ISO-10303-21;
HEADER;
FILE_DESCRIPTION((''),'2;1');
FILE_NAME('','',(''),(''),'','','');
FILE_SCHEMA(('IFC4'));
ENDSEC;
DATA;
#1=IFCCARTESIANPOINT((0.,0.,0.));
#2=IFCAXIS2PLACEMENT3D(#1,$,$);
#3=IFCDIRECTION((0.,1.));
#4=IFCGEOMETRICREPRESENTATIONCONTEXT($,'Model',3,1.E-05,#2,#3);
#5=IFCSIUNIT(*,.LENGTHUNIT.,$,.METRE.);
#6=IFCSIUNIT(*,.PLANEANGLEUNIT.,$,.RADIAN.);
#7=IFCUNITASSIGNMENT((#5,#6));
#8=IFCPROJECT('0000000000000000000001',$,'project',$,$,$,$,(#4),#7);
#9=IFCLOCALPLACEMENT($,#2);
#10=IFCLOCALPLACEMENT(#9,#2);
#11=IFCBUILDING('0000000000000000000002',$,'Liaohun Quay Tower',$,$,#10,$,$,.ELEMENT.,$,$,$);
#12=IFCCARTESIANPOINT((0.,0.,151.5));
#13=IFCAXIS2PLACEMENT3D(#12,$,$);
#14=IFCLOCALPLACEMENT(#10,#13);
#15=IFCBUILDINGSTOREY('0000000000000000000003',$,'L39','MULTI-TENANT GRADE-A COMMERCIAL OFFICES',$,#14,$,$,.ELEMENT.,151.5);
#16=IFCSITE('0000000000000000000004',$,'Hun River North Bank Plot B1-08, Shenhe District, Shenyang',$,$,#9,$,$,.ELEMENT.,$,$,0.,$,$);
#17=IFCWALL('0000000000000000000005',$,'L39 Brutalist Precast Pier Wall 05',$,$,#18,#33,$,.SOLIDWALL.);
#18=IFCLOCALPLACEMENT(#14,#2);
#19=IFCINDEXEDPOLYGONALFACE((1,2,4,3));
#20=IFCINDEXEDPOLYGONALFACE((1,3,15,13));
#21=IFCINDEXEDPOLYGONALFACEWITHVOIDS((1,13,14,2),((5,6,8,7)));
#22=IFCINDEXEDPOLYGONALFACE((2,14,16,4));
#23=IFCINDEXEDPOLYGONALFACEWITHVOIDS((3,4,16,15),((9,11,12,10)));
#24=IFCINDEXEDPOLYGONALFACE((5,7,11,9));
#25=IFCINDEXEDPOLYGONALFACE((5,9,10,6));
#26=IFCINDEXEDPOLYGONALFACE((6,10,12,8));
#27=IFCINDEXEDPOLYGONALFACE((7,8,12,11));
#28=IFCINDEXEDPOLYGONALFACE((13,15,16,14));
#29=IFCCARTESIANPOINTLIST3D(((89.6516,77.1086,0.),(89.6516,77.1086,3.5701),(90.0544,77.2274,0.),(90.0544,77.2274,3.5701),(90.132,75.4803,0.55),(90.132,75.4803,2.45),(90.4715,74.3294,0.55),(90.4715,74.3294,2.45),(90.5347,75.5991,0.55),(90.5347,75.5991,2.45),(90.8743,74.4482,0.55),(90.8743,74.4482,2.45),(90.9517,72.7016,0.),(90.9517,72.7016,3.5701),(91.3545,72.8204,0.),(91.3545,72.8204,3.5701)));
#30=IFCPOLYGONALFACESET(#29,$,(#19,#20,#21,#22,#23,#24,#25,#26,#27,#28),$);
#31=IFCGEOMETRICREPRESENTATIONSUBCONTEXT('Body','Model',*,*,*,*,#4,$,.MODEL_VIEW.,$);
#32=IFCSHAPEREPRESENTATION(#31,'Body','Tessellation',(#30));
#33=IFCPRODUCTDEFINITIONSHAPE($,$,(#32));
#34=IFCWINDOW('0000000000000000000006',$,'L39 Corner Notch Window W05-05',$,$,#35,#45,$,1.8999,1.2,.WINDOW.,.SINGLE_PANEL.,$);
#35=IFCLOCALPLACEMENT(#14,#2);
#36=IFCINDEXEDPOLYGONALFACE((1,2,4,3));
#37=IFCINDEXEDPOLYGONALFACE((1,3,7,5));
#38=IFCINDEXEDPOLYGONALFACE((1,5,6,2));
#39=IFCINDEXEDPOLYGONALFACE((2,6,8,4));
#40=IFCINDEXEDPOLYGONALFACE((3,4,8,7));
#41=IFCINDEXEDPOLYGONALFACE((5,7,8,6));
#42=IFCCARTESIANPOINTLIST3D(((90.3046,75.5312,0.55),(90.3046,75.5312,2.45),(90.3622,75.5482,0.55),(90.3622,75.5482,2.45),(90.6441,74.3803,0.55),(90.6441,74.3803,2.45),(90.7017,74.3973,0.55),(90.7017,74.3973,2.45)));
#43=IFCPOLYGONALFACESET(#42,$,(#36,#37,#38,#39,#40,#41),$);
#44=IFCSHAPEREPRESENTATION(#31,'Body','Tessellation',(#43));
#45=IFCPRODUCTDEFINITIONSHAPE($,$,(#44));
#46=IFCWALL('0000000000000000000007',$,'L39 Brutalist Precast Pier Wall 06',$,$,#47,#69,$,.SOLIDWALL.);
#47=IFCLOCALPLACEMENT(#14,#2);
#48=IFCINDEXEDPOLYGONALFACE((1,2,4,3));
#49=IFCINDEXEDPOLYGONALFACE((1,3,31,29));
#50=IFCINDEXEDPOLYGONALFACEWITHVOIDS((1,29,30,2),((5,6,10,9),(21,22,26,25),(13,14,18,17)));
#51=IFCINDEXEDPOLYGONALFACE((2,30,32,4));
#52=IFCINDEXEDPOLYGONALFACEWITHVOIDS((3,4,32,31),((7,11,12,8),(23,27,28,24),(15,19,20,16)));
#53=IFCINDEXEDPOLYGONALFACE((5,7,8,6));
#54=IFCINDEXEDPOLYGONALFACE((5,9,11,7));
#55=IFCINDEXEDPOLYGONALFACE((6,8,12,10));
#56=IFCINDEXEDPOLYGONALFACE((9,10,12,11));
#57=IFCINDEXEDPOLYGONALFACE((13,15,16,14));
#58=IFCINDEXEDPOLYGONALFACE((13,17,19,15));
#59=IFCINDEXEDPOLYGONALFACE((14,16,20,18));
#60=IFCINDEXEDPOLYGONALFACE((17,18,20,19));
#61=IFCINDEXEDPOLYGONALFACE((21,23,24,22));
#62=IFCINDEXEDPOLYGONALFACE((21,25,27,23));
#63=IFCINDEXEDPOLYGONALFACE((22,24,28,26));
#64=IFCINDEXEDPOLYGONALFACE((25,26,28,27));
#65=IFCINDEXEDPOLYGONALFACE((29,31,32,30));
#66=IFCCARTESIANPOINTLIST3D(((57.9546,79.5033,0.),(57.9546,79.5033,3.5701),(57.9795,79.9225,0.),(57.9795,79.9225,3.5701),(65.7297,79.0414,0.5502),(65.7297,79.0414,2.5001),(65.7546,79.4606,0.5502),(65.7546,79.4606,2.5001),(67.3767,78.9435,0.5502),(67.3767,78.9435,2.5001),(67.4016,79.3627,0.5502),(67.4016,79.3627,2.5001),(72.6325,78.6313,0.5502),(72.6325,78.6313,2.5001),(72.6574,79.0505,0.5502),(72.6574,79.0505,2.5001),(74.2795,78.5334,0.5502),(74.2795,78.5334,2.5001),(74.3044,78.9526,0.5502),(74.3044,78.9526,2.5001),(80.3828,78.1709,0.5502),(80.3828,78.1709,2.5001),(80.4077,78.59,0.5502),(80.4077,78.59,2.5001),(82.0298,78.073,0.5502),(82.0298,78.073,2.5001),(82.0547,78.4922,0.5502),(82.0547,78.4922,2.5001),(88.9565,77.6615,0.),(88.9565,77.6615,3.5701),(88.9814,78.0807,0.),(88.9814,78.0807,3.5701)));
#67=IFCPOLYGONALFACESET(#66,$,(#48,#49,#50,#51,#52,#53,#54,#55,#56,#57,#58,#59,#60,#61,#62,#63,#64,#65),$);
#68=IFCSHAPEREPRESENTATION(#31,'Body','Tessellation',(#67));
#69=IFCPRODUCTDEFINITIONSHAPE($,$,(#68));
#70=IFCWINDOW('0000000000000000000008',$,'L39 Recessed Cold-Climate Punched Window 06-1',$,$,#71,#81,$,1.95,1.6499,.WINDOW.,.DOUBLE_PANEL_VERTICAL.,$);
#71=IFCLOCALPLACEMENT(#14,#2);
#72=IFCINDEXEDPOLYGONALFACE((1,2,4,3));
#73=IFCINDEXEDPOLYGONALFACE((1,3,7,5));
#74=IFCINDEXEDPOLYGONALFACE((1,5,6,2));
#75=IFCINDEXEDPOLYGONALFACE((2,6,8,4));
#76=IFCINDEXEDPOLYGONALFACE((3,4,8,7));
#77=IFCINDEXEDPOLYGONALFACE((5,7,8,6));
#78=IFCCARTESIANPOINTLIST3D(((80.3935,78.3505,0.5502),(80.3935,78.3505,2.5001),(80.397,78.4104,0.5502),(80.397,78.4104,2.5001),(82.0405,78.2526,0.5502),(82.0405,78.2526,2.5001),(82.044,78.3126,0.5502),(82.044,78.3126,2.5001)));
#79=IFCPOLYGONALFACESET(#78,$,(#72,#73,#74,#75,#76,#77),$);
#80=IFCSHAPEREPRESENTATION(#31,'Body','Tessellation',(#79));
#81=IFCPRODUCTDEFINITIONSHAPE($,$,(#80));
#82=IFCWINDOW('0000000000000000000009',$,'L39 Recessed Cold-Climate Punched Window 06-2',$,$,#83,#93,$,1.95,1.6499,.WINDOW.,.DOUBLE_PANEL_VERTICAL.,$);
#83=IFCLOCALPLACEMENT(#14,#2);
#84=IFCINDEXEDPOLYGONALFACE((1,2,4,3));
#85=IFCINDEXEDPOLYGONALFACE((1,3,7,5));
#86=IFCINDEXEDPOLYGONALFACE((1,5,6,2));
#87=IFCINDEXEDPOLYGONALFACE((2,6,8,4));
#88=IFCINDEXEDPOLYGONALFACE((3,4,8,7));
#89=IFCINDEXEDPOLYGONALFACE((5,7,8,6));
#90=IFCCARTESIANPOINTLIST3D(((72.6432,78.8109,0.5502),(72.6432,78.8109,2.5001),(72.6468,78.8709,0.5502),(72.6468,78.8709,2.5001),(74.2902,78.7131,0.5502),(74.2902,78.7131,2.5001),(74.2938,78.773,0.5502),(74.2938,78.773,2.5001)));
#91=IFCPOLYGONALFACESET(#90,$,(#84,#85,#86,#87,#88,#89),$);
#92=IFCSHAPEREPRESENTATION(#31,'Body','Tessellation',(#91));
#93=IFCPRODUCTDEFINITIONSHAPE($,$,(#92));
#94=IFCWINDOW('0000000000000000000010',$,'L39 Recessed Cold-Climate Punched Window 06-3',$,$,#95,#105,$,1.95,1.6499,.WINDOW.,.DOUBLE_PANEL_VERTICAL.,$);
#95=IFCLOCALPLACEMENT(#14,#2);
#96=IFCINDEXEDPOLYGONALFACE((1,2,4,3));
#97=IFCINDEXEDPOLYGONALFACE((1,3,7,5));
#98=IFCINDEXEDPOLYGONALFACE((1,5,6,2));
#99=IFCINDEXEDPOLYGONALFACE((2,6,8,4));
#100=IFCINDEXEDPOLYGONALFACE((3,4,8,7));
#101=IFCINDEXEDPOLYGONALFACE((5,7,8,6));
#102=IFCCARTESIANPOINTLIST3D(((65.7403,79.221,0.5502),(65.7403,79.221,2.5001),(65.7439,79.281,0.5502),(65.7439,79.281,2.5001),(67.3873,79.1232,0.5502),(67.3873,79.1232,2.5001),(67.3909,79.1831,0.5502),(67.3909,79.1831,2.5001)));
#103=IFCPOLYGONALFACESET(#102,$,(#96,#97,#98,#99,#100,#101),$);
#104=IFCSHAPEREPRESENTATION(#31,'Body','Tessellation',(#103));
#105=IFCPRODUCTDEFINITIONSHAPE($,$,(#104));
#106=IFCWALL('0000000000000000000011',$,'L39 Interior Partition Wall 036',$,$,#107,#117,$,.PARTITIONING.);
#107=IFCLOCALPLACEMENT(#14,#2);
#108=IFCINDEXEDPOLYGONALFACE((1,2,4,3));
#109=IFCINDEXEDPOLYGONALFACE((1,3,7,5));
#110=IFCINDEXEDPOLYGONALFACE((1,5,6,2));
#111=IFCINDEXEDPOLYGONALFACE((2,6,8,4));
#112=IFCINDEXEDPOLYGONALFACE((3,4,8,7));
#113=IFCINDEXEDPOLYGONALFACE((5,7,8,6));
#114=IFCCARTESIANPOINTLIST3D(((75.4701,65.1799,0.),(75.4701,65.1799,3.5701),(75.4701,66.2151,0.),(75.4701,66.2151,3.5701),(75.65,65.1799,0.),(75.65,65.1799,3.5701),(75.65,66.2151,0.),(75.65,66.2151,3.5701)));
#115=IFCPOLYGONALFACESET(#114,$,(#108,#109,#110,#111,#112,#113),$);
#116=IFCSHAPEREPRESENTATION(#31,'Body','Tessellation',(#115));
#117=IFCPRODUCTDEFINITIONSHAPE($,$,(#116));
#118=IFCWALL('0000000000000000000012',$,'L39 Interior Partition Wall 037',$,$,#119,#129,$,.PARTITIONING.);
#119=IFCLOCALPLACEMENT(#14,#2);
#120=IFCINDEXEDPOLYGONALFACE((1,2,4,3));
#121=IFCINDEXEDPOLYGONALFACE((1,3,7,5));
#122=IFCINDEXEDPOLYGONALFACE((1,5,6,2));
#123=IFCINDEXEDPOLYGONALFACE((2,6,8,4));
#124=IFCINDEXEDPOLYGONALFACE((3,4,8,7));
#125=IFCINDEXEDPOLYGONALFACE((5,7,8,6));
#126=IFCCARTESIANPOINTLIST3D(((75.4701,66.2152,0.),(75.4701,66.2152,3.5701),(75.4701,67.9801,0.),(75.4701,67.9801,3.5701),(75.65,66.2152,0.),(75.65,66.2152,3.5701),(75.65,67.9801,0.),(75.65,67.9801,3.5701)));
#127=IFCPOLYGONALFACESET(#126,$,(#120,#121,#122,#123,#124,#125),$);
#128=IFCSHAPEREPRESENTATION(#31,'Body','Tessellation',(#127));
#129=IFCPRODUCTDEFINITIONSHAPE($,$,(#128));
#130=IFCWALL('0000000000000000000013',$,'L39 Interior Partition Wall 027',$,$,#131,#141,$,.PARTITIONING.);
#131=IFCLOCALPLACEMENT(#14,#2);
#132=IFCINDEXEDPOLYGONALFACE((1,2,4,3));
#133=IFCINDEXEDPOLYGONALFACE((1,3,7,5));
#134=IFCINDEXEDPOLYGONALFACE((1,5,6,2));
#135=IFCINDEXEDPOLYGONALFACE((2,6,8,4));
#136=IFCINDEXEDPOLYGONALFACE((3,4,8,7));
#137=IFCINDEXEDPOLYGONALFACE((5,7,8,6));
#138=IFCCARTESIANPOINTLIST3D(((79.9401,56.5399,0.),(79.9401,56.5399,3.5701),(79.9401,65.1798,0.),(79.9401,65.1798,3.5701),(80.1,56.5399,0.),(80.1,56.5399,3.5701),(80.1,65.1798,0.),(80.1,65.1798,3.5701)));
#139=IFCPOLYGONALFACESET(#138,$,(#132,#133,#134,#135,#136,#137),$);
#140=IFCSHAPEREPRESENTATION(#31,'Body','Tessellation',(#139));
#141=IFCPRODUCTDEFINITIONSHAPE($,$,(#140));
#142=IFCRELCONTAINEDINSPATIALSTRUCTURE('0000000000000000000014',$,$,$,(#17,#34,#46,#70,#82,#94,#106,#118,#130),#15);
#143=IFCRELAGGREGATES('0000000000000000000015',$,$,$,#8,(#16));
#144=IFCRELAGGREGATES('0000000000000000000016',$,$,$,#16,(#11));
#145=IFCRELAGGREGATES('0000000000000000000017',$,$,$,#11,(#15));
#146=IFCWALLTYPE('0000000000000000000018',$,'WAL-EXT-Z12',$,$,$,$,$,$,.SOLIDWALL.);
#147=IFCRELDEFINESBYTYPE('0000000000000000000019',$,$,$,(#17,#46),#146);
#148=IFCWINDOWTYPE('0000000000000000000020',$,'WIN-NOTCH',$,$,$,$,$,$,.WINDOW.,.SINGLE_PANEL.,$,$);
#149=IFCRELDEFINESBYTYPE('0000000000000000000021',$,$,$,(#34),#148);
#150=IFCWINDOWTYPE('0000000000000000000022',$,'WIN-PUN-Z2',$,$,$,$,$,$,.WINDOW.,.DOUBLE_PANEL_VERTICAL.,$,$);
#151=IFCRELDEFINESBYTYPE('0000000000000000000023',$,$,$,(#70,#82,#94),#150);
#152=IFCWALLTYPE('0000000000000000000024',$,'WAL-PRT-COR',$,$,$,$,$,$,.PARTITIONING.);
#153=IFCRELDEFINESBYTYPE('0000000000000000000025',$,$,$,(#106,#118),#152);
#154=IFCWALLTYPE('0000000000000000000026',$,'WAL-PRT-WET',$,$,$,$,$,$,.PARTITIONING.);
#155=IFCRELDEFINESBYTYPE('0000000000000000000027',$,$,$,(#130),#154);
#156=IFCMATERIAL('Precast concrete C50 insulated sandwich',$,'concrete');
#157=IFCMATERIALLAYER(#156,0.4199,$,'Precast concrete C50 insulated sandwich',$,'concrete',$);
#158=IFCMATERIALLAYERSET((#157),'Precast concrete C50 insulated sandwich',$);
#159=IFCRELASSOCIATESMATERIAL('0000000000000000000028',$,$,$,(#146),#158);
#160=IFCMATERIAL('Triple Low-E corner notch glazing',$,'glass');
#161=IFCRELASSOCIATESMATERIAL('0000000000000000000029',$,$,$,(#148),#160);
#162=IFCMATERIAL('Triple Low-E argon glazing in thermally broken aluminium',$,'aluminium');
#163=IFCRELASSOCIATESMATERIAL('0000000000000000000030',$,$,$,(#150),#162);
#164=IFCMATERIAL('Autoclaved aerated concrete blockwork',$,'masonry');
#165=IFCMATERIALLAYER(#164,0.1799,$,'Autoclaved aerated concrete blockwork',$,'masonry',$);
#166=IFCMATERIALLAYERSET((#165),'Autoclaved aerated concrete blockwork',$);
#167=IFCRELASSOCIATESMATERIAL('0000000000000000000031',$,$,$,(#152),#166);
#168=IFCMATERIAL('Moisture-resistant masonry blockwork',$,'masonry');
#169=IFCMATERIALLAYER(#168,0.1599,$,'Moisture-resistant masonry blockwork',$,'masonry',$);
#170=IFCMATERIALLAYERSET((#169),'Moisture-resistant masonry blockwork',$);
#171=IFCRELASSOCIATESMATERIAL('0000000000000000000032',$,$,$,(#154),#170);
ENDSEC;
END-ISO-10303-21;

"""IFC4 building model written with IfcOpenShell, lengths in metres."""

from ifc_helpers import new_model, si_unit, direction, frame, frame_2d, origin, place, context, subcontext, project, spatial, rectangle, extrude, source, transform, mapped, material, layer, layer_set, type_object, element, fill, save


model = new_model("IFC4")

# Units and contexts
model_context = context("Model", 3, precision=1e-05, world=origin(), true_north=direction((0.0, 1.0)))
body_context = subcontext(model_context, "Body", "Model", "MODEL_VIEW")
ifc_project = project(units=[si_unit("LENGTHUNIT", "METRE"), si_unit("PLANEANGLEUNIT", "RADIAN")], contexts=[model_context])

# Site, building, storey
site_placement = place(None, origin())
site = spatial("IfcSite", under=ifc_project, at=site_placement, Name="Hun River North Bank Plot B1-08, Shenhe District, Shenyang", CompositionType="ELEMENT", RefElevation=0.0)
building_placement = place(site_placement, origin())
building = spatial("IfcBuilding", under=site, at=building_placement, Name="Liaohun Quay Tower", CompositionType="ELEMENT")
storey_placement = place(building_placement, frame((0.0, 0.0, 151.5)))
storey = spatial("IfcBuildingStorey", under=building, at=storey_placement, Name="L39", Description="MULTI-TENANT GRADE-A COMMERCIAL OFFICES", CompositionType="ELEMENT", Elevation=151.5)

# Wall, opening, window
ifc_material_1 = material(Name="Precast concrete C50 insulated sandwich", Category="concrete")
ifc_layer_1 = layer(ifc_material_1, 0.4199, Name="Precast concrete C50 insulated sandwich", Category="concrete")
ifc_layer_set_1 = layer_set([ifc_layer_1], Name="Precast concrete C50 insulated sandwich")
wall_type_1 = type_object("IfcWallType", Name="WAL-EXT-Z12", PredefinedType="SOLIDWALL", material=ifc_layer_set_1)
shared_shape_1 = source(origin(), body_context, "Body", "SweptSolid", [
    extrude(rectangle(XDim=1.2, YDim=1.8999, at=frame_2d((0.6001, 0.95))), frame((0.0, 0.22, 0.0), z_axis=(0.0, -1.0, 0.0), x_axis=(1.0, 0.0, 0.0)), (0.0, 0.0, 1.0), 0.4399),
])
ifc_material_2 = material(Name="Triple Low-E corner notch glazing", Category="glass")
window_type_1 = type_object("IfcWindowType", Name="WIN-NOTCH", PartitioningType="SINGLE_PANEL", PredefinedType="WINDOW", material=ifc_material_2)
shared_shape_2 = source(origin(), body_context, "Body", "SweptSolid", [
    extrude(rectangle(XDim=1.2, YDim=1.8999, at=frame_2d((0.6001, 0.95))), frame((0.0, 0.03, 0.0), z_axis=(0.0, -1.0, 0.0), x_axis=(1.0, 0.0, 0.0)), (0.0, 0.0, 1.0), 0.0601),
])
wall_1_placement = place(storey_placement, frame((91.1531, 72.761, 0.0), z_axis=(0.0, 0.0, 1.0), x_axis=(-0.282943, 0.959137, 0.0)))
wall_1 = element("IfcWall", 1, at=wall_1_placement, inside=storey, type_object=wall_type_1, Name="L39 Brutalist Precast Pier Wall 05", PredefinedType="SOLIDWALL", context=body_context, shape_type="SweptSolid", body=[
    extrude(rectangle(XDim=4.5947, YDim=0.4199, at=frame_2d((2.2974, 0.0))), origin(), (0.0, 0.0, 1.0), 3.5701),
])
opening_1_placement = place(wall_1_placement, frame((1.697, 0.0, 0.55)))
opening_1 = element("IfcOpeningElement", 2, at=opening_1_placement, cuts=wall_1, PredefinedType="OPENING", context=body_context, shape_type="MappedRepresentation", body=[
    mapped(shared_shape_1, transform((0.0, 0.0, 0.0), x_axis=(1.0, 0.0, 0.0), y_axis=(0.0, 1.0, 0.0), z_axis=(0.0, 0.0, 1.0), scale=1.0)),
])
window_1_placement = place(opening_1_placement, origin())
window_1 = element("IfcWindow", 3, at=window_1_placement, inside=storey, type_object=window_type_1, Name="L39 Corner Notch Window W05-05", OverallHeight=1.8999, OverallWidth=1.2, PartitioningType="SINGLE_PANEL", PredefinedType="WINDOW", context=body_context, shape_type="MappedRepresentation", body=[
    mapped(shared_shape_2, transform((0.0, 0.0, 0.0), x_axis=(1.0, 0.0, 0.0), y_axis=(0.0, 1.0, 0.0), z_axis=(0.0, 0.0, 1.0), scale=1.0)),
])
fill(opening_1, window_1)

# Wall, openings, windows
wall_2_placement = place(storey_placement, frame((88.969, 77.8711, 0.0), z_axis=(0.0, 0.0, 1.0), x_axis=(-0.99824, 0.059304, 0.0)))
wall_2 = element("IfcWall", 4, at=wall_2_placement, inside=storey, type_object=wall_type_1, Name="L39 Brutalist Precast Pier Wall 06", PredefinedType="SOLIDWALL", context=body_context, shape_type="SweptSolid", body=[
    extrude(rectangle(XDim=31.0566, YDim=0.4199, at=frame_2d((15.5283, 0.0))), origin(), (0.0, 0.0, 1.0), 3.5701),
])
shared_shape_3 = source(origin(), body_context, "Body", "SweptSolid", [
    extrude(rectangle(XDim=1.6499, YDim=1.95, at=frame_2d((0.825, 0.9751))), frame((0.0, 0.22, 0.0), z_axis=(0.0, -1.0, 0.0), x_axis=(1.0, 0.0, 0.0)), (0.0, 0.0, 1.0), 0.4399),
])
opening_2_placement = place(wall_2_placement, frame((6.939, 0.0, 0.55)))
opening_2 = element("IfcOpeningElement", 5, at=opening_2_placement, cuts=wall_2, PredefinedType="OPENING", context=body_context, shape_type="MappedRepresentation", body=[
    mapped(shared_shape_3, transform((0.0, 0.0, 0.0), x_axis=(1.0, 0.0, 0.0), y_axis=(0.0, 1.0, 0.0), z_axis=(0.0, 0.0, 1.0), scale=1.0)),
])
opening_3_placement = place(wall_2_placement, frame((14.7029, 0.0, 0.55)))
opening_3 = element("IfcOpeningElement", 6, at=opening_3_placement, cuts=wall_2, PredefinedType="OPENING", context=body_context, shape_type="MappedRepresentation", body=[
    mapped(shared_shape_3, transform((0.0, 0.0, 0.0), x_axis=(1.0, 0.0, 0.0), y_axis=(0.0, 1.0, 0.0), z_axis=(0.0, 0.0, 1.0), scale=1.0)),
])
opening_4_placement = place(wall_2_placement, frame((21.6179, 0.0, 0.55)))
opening_4 = element("IfcOpeningElement", 7, at=opening_4_placement, cuts=wall_2, PredefinedType="OPENING", context=body_context, shape_type="MappedRepresentation", body=[
    mapped(shared_shape_3, transform((0.0, 0.0, 0.0), x_axis=(1.0, 0.0, 0.0), y_axis=(0.0, 1.0, 0.0), z_axis=(0.0, 0.0, 1.0), scale=1.0)),
])
ifc_material_3 = material(Name="Triple Low-E argon glazing in thermally broken aluminium", Category="aluminium")
window_type_2 = type_object("IfcWindowType", Name="WIN-PUN-Z2", PartitioningType="DOUBLE_PANEL_VERTICAL", PredefinedType="WINDOW", material=ifc_material_3)
shared_shape_4 = source(origin(), body_context, "Body", "SweptSolid", [
    extrude(rectangle(XDim=1.6499, YDim=1.95, at=frame_2d((0.825, 0.9751))), frame((0.0, 0.03, 0.0), z_axis=(0.0, -1.0, 0.0), x_axis=(1.0, 0.0, 0.0)), (0.0, 0.0, 1.0), 0.0601),
])
window_2_placement = place(opening_2_placement, origin())
window_2 = element("IfcWindow", 8, at=window_2_placement, inside=storey, type_object=window_type_2, Name="L39 Recessed Cold-Climate Punched Window 06-1", OverallHeight=1.95, OverallWidth=1.6499, PartitioningType="DOUBLE_PANEL_VERTICAL", PredefinedType="WINDOW", context=body_context, shape_type="MappedRepresentation", body=[
    mapped(shared_shape_4, transform((0.0, 0.0, 0.0), x_axis=(1.0, 0.0, 0.0), y_axis=(0.0, 1.0, 0.0), z_axis=(0.0, 0.0, 1.0), scale=1.0)),
])
fill(opening_2, window_2)
window_3_placement = place(opening_3_placement, origin())
window_3 = element("IfcWindow", 9, at=window_3_placement, inside=storey, type_object=window_type_2, Name="L39 Recessed Cold-Climate Punched Window 06-2", OverallHeight=1.95, OverallWidth=1.6499, PartitioningType="DOUBLE_PANEL_VERTICAL", PredefinedType="WINDOW", context=body_context, shape_type="MappedRepresentation", body=[
    mapped(shared_shape_4, transform((0.0, 0.0, 0.0), x_axis=(1.0, 0.0, 0.0), y_axis=(0.0, 1.0, 0.0), z_axis=(0.0, 0.0, 1.0), scale=1.0)),
])
fill(opening_3, window_3)
window_4_placement = place(opening_4_placement, origin())
window_4 = element("IfcWindow", 10, at=window_4_placement, inside=storey, type_object=window_type_2, Name="L39 Recessed Cold-Climate Punched Window 06-3", OverallHeight=1.95, OverallWidth=1.6499, PartitioningType="DOUBLE_PANEL_VERTICAL", PredefinedType="WINDOW", context=body_context, shape_type="MappedRepresentation", body=[
    mapped(shared_shape_4, transform((0.0, 0.0, 0.0), x_axis=(1.0, 0.0, 0.0), y_axis=(0.0, 1.0, 0.0), z_axis=(0.0, 0.0, 1.0), scale=1.0)),
])
fill(opening_4, window_4)

# Walls
ifc_material_4 = material(Name="Autoclaved aerated concrete blockwork", Category="masonry")
ifc_layer_2 = layer(ifc_material_4, 0.1799, Name="Autoclaved aerated concrete blockwork", Category="masonry")
ifc_layer_set_2 = layer_set([ifc_layer_2], Name="Autoclaved aerated concrete blockwork")
wall_type_2 = type_object("IfcWallType", Name="WAL-PRT-COR", PredefinedType="PARTITIONING", material=ifc_layer_set_2)
wall_3_placement = place(storey_placement, frame((75.5601, 66.2151, 0.0), z_axis=(0.0, 0.0, 1.0), x_axis=(0.0, -1.0, 0.0)))
element("IfcWall", 11, at=wall_3_placement, inside=storey, type_object=wall_type_2, Name="L39 Interior Partition Wall 036", PredefinedType="PARTITIONING", context=body_context, shape_type="SweptSolid", body=[
    extrude(rectangle(XDim=1.0352, YDim=0.1799, at=frame_2d((0.5176, 0.0))), origin(), (0.0, 0.0, 1.0), 3.5701),
])
wall_4_placement = place(storey_placement, frame((75.5601, 67.98, 0.0), z_axis=(0.0, 0.0, 1.0), x_axis=(0.0, -1.0, 0.0)))
element("IfcWall", 12, at=wall_4_placement, inside=storey, type_object=wall_type_2, Name="L39 Interior Partition Wall 037", PredefinedType="PARTITIONING", context=body_context, shape_type="SweptSolid", body=[
    extrude(rectangle(XDim=1.7649, YDim=0.1799, at=frame_2d((0.8823, 0.0))), origin(), (0.0, 0.0, 1.0), 3.5701),
])
ifc_material_5 = material(Name="Moisture-resistant masonry blockwork", Category="masonry")
ifc_layer_3 = layer(ifc_material_5, 0.1599, Name="Moisture-resistant masonry blockwork", Category="masonry")
ifc_layer_set_3 = layer_set([ifc_layer_3], Name="Moisture-resistant masonry blockwork")
wall_type_3 = type_object("IfcWallType", Name="WAL-PRT-WET", PredefinedType="PARTITIONING", material=ifc_layer_set_3)
wall_5_placement = place(storey_placement, frame((80.02, 56.54, 0.0), z_axis=(0.0, 0.0, 1.0), x_axis=(0.0, 1.0, 0.0)))
element("IfcWall", 13, at=wall_5_placement, inside=storey, type_object=wall_type_3, Name="L39 Interior Partition Wall 027", PredefinedType="PARTITIONING", context=body_context, shape_type="SweptSolid", body=[
    extrude(rectangle(XDim=8.6399, YDim=0.1599, at=frame_2d((4.3198, 0.0))), origin(), (0.0, 0.0, 1.0), 3.5701),
])

save(model, "model.ifc")
